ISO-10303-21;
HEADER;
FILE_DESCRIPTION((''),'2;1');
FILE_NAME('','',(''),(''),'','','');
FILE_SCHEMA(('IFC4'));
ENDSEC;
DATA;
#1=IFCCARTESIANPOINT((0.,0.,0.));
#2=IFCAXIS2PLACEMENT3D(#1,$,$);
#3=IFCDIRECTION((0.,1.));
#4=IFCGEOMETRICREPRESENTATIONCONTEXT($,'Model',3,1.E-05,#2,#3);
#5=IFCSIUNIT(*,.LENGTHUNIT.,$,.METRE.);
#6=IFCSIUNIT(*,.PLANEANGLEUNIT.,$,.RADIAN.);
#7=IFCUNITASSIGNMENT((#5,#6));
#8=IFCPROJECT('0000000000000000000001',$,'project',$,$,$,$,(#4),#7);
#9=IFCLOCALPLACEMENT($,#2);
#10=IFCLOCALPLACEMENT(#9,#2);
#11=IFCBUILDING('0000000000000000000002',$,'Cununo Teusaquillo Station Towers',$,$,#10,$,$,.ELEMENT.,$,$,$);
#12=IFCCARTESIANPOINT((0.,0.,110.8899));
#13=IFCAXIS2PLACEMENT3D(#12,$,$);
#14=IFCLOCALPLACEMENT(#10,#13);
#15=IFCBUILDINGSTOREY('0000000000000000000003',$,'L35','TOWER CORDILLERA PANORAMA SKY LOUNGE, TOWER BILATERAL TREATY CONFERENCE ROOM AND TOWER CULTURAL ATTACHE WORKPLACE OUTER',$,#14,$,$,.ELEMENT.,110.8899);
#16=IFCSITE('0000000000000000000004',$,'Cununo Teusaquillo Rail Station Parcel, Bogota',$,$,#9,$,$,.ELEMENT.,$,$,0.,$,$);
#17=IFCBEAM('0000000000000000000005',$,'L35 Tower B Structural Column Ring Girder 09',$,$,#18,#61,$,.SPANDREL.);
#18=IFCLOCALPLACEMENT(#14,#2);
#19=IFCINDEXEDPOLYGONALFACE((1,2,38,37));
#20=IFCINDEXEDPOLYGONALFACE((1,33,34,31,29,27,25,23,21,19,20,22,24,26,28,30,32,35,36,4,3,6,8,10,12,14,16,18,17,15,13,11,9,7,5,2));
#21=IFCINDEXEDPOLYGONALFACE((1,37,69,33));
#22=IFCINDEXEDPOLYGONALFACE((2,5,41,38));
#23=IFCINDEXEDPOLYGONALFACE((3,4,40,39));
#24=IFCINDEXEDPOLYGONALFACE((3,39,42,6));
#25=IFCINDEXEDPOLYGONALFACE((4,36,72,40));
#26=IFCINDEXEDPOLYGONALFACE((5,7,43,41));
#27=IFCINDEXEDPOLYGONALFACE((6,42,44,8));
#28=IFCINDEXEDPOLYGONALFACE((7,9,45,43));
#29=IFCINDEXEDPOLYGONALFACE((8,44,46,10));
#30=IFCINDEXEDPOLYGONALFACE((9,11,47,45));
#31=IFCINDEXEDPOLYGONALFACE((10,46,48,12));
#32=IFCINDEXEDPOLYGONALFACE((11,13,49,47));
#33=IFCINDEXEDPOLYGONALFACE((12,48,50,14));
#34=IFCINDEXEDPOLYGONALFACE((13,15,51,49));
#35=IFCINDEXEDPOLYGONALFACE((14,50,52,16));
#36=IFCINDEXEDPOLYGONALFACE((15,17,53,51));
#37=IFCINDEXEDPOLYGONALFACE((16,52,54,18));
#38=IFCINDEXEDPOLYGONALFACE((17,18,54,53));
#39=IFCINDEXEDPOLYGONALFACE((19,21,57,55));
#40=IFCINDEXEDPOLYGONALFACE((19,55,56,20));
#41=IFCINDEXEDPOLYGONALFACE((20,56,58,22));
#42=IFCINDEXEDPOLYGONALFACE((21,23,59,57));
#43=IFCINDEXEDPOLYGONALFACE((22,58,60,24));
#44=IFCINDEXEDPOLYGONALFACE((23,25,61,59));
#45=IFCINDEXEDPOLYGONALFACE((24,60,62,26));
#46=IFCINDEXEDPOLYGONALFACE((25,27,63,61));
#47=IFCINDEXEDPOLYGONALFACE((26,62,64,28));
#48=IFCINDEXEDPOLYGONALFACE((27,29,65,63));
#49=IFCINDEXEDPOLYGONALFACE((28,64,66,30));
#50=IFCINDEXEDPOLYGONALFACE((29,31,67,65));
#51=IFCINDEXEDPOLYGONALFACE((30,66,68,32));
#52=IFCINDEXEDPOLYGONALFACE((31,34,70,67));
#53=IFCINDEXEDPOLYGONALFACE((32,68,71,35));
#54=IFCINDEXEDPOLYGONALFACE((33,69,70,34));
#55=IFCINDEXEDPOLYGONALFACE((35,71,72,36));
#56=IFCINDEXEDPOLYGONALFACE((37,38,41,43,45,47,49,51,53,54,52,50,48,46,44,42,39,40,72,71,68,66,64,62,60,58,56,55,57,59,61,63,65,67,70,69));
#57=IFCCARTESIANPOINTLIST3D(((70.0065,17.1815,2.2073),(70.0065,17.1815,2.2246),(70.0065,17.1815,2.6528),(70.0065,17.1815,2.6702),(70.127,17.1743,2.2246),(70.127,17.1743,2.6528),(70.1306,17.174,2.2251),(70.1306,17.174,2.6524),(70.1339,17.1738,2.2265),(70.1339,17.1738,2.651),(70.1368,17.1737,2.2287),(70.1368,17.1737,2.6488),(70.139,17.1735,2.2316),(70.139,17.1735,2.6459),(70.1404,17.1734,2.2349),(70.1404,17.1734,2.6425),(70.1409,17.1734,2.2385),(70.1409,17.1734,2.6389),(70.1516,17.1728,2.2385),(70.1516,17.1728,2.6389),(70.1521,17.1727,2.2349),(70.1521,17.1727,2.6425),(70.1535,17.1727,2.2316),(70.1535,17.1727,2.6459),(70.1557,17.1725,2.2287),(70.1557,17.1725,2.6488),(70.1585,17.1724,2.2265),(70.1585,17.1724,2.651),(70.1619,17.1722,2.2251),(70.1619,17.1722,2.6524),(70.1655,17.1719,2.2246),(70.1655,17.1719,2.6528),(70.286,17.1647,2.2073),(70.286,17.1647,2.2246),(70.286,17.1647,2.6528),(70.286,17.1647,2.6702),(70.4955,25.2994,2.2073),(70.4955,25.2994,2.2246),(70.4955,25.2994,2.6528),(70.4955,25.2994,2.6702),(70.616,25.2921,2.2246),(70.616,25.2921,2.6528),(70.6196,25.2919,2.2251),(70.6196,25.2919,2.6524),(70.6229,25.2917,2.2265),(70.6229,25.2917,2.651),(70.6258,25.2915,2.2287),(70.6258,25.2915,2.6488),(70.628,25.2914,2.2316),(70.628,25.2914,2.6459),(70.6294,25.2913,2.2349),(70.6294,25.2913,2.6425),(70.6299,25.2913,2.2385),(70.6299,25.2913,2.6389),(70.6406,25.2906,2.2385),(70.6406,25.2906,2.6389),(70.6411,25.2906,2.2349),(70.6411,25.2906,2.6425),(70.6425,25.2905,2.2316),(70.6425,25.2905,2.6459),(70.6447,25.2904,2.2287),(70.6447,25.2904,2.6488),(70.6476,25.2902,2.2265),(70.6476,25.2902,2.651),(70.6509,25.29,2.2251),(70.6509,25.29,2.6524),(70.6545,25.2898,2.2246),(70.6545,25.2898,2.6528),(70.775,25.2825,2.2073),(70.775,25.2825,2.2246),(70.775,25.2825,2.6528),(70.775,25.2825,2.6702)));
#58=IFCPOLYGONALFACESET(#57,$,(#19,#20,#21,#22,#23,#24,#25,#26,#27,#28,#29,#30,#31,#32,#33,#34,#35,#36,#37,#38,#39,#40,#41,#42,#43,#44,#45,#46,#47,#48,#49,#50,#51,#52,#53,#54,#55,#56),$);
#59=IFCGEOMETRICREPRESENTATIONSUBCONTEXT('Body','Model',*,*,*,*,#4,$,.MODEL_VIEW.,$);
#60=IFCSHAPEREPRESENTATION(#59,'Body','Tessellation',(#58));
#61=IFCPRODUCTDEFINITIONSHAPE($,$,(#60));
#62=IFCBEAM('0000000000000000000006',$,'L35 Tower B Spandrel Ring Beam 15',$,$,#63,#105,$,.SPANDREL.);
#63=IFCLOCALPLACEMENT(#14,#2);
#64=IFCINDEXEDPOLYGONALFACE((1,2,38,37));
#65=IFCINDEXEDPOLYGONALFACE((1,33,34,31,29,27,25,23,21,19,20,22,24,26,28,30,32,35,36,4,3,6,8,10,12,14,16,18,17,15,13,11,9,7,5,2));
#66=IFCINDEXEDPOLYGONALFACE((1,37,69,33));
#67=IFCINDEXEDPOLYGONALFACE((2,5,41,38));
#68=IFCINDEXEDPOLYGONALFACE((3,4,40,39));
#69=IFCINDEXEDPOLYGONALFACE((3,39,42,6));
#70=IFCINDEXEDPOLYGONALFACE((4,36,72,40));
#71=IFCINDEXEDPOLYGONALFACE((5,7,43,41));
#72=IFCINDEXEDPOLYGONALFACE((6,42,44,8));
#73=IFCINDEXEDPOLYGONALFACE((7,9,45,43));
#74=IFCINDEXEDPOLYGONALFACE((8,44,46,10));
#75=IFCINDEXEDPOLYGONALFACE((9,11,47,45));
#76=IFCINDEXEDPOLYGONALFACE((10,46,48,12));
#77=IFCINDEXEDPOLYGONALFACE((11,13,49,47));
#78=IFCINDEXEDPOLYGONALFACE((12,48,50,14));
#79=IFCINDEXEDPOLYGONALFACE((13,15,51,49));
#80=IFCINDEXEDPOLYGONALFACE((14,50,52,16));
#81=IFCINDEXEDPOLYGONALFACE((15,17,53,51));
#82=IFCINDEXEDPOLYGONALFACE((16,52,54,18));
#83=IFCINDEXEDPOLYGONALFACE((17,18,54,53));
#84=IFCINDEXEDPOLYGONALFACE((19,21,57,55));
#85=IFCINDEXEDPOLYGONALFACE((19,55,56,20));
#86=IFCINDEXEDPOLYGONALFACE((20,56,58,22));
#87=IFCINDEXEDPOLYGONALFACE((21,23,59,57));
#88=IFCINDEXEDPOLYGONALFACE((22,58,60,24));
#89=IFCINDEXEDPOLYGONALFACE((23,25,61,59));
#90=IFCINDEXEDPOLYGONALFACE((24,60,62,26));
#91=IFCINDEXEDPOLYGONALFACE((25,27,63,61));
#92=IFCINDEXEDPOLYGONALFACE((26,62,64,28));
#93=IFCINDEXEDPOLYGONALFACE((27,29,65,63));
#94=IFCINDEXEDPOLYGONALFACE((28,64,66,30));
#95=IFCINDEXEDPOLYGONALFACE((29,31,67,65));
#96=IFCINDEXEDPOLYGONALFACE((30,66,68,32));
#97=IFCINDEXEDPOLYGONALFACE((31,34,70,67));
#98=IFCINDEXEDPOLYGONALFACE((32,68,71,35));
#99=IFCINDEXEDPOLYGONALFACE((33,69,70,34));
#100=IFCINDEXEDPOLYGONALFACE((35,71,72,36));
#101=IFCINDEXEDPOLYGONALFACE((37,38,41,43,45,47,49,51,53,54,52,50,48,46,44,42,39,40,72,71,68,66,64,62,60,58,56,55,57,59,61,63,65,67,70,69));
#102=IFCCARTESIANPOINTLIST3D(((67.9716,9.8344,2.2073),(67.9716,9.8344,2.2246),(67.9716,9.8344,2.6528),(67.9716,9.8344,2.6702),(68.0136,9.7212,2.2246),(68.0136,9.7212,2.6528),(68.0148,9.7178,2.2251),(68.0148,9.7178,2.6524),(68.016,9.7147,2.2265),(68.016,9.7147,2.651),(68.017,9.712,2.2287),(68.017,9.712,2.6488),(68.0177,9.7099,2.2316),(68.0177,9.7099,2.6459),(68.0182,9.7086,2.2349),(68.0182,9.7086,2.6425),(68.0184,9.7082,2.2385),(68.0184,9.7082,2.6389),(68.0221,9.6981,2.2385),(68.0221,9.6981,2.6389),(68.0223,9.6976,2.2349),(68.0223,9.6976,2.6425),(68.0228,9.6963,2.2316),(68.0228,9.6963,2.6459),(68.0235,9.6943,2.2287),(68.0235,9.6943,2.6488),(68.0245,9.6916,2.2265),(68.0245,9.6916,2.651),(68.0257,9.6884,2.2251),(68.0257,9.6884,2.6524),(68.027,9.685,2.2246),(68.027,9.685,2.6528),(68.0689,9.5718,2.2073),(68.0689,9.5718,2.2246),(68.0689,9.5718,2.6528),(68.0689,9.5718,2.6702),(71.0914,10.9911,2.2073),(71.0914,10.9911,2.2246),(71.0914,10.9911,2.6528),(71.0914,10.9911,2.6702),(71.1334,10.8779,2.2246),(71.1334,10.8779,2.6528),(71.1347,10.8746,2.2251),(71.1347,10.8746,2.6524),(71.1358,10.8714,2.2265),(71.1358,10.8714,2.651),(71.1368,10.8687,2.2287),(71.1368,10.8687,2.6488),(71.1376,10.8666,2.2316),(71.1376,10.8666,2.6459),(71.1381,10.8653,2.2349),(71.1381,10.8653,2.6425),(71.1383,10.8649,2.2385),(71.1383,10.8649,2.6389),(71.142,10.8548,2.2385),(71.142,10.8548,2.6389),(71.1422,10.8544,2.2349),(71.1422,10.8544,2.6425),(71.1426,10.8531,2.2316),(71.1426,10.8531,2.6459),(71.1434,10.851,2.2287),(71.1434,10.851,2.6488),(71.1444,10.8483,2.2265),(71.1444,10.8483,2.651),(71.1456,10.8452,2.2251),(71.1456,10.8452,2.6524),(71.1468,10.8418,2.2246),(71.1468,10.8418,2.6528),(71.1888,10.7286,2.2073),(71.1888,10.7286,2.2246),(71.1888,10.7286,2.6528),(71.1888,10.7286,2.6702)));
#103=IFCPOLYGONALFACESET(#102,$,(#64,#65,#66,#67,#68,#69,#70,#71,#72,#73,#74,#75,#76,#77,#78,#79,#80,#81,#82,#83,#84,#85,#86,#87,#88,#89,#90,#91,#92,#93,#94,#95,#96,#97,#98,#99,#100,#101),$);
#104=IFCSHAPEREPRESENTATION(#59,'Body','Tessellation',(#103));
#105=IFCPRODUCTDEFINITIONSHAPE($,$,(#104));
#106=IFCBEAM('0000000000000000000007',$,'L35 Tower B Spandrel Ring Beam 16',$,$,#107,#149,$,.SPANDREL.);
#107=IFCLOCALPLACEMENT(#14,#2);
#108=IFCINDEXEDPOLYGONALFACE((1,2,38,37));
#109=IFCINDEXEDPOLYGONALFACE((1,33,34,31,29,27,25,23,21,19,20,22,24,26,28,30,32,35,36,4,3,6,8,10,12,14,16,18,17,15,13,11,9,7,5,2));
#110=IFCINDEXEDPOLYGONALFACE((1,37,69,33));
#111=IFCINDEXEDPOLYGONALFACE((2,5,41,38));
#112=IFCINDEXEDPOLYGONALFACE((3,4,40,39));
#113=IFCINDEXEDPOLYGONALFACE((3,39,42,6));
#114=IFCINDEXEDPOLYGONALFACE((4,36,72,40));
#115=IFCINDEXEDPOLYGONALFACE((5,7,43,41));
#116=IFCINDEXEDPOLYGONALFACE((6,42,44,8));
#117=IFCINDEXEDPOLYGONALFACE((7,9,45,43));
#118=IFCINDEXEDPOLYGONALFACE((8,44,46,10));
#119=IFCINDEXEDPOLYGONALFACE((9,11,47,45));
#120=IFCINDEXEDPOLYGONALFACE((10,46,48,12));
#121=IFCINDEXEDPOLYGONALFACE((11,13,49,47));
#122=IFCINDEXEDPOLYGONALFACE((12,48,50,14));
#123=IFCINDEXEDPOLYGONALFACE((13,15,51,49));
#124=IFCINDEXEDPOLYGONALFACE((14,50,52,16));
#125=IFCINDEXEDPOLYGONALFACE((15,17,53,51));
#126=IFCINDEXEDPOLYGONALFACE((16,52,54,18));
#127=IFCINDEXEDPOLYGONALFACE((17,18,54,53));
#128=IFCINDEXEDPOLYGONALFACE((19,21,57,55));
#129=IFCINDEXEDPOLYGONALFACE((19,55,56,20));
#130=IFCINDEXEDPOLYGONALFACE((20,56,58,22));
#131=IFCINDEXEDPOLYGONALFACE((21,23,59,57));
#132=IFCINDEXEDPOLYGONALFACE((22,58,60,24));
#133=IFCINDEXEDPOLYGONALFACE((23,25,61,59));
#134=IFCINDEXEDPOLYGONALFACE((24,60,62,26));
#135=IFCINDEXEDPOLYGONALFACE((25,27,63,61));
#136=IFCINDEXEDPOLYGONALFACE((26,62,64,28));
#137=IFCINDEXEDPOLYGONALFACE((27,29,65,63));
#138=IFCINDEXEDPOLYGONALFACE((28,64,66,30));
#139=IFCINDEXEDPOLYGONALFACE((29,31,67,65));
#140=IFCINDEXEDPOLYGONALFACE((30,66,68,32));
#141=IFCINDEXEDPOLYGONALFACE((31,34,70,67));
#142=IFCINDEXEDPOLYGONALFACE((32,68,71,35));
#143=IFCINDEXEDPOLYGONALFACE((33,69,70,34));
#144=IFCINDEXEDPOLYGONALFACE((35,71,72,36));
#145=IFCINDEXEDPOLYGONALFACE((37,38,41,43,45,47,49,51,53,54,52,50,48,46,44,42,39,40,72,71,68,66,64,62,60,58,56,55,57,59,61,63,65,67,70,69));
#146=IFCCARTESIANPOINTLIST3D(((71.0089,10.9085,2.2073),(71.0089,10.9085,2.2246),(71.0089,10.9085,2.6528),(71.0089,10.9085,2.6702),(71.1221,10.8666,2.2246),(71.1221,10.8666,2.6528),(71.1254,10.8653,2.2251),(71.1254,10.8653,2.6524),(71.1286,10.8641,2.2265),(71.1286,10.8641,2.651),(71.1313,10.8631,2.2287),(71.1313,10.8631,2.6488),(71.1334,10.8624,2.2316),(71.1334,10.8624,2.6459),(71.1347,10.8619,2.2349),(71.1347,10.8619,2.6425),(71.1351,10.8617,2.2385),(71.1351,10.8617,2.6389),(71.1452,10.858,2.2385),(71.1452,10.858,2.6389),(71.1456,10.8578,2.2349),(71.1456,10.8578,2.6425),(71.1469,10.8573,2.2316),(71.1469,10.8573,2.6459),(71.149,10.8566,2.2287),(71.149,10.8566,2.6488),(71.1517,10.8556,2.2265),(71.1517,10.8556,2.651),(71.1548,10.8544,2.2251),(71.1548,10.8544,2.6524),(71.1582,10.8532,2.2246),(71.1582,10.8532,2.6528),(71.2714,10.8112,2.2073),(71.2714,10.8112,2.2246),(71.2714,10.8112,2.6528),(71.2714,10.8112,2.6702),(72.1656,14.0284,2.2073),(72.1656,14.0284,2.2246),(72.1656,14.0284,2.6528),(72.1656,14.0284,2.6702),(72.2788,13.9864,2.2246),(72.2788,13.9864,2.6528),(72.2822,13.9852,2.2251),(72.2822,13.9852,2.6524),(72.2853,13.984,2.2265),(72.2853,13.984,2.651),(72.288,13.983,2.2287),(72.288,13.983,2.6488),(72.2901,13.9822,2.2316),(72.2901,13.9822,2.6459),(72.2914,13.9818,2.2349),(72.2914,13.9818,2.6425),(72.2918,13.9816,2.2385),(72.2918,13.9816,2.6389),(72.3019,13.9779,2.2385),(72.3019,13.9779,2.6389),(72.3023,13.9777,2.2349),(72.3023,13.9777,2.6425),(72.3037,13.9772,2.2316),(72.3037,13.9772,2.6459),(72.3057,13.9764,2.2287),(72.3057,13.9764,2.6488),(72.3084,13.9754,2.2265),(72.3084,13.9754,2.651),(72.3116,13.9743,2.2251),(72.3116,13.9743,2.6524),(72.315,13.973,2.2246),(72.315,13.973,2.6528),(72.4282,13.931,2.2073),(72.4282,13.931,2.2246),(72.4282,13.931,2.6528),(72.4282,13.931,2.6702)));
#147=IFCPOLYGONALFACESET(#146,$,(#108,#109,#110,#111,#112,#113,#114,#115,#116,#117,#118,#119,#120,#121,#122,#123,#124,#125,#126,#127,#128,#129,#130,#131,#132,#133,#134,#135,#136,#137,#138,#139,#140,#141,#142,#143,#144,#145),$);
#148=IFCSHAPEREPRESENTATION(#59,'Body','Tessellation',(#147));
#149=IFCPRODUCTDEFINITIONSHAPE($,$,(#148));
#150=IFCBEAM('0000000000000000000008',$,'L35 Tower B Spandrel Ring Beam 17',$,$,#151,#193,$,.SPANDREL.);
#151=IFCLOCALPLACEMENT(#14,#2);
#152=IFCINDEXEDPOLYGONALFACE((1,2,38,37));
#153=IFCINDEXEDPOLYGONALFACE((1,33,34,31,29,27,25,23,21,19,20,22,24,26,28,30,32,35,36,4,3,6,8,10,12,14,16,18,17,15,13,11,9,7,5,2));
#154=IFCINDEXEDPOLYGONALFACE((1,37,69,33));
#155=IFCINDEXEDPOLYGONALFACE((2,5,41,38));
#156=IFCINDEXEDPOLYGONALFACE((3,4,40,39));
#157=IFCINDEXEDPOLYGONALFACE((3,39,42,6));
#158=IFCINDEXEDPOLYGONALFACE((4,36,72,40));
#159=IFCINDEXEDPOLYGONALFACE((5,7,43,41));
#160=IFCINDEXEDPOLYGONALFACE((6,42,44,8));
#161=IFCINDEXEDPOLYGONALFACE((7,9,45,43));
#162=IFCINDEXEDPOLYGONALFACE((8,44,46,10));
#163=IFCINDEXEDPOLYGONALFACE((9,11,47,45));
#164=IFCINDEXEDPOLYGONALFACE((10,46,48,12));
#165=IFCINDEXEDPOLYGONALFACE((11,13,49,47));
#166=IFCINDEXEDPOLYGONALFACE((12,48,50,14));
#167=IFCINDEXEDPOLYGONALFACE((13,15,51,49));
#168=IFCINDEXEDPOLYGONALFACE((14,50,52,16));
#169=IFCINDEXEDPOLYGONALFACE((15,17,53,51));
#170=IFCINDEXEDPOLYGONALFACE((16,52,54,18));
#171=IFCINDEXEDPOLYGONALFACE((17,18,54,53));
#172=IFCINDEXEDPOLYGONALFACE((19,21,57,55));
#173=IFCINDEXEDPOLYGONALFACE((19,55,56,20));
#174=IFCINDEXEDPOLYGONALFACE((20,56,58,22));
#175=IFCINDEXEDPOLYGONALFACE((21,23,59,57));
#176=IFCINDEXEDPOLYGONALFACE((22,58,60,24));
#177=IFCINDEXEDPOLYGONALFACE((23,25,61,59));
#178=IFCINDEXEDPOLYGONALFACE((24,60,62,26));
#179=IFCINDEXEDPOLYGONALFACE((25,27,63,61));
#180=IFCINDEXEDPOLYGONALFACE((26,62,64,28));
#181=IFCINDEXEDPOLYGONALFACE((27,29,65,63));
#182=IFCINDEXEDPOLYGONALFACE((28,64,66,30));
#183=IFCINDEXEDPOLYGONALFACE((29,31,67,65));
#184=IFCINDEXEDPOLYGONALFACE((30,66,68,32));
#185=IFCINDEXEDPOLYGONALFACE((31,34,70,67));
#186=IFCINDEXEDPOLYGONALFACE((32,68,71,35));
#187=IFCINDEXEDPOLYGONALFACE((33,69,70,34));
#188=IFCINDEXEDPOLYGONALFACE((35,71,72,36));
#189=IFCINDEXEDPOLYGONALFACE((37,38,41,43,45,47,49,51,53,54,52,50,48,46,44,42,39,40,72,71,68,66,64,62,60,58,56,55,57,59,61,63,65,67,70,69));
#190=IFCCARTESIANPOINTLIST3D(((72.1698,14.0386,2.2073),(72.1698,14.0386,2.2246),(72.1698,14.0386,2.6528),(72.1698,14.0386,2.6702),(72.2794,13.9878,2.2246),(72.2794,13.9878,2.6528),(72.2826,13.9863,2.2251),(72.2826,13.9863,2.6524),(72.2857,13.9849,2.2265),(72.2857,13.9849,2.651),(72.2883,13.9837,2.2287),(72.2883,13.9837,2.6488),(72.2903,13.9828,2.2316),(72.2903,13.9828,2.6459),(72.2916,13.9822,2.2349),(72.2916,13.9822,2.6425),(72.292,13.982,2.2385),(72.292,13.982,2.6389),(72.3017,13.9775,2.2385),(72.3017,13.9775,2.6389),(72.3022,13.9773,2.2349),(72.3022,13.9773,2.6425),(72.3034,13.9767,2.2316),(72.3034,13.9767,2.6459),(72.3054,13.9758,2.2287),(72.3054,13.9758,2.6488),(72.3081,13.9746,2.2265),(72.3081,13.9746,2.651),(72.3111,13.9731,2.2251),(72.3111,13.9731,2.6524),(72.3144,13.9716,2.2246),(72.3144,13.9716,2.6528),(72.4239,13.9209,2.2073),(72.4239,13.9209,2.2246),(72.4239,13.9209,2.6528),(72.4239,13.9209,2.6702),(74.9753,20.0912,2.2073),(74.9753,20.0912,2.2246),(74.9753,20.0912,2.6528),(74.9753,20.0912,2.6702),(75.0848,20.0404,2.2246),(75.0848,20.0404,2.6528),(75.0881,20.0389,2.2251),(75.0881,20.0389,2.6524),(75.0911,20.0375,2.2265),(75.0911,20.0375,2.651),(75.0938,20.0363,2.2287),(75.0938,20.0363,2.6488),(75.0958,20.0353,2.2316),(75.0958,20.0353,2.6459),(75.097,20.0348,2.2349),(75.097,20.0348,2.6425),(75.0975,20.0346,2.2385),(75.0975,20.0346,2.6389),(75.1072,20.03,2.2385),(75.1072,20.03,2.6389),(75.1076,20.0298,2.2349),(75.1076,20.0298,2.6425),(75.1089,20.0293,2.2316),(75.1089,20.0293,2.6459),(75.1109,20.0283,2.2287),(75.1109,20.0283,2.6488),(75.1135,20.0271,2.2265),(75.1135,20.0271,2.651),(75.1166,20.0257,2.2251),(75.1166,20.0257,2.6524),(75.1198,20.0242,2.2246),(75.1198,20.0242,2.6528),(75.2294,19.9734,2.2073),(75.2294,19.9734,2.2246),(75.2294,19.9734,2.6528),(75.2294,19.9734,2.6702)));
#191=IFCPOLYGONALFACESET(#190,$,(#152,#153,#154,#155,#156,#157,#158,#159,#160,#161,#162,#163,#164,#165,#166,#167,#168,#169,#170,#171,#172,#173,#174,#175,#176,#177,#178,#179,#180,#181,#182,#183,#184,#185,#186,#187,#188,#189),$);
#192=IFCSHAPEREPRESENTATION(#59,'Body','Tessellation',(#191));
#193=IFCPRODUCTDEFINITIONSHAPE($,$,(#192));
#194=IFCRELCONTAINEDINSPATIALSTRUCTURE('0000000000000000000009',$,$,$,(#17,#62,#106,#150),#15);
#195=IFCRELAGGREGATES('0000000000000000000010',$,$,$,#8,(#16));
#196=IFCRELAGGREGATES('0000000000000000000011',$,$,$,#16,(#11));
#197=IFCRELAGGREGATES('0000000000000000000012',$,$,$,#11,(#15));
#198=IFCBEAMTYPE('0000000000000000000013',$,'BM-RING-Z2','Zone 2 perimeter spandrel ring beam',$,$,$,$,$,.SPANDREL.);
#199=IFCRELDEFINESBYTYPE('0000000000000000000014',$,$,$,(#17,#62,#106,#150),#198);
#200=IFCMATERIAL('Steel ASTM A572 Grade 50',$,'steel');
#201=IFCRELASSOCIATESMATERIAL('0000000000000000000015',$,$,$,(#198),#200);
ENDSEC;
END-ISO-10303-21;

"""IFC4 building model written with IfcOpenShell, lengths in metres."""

from ifc_helpers import new_model, si_unit, direction, frame, origin, origin_2d, place, context, subcontext, project, spatial, i_section, extrude, material, material_profile, profile_set, type_object, element, save


model = new_model("IFC4")

# Units and contexts
model_context = context("Model", 3, precision=1e-05, world=origin(), true_north=direction((0.0, 1.0)))
body_context = subcontext(model_context, "Body", "Model", "MODEL_VIEW")
ifc_project = project(units=[si_unit("LENGTHUNIT", "METRE"), si_unit("PLANEANGLEUNIT", "RADIAN")], contexts=[model_context])

# Site, building, storey
site_placement = place(None, origin())
site = spatial("IfcSite", under=ifc_project, at=site_placement, Name="Cununo Teusaquillo Rail Station Parcel, Bogota", CompositionType="ELEMENT", RefElevation=0.0)
building_placement = place(site_placement, origin())
building = spatial("IfcBuilding", under=site, at=building_placement, Name="Cununo Teusaquillo Station Towers", CompositionType="ELEMENT")
storey_placement = place(building_placement, frame((0.0, 0.0, 110.8899)))
storey = spatial("IfcBuildingStorey", under=building, at=storey_placement, Name="L35", Description="TOWER CORDILLERA PANORAMA SKY LOUNGE, TOWER BILATERAL TREATY CONFERENCE ROOM AND TOWER CULTURAL ATTACHE WORKPLACE OUTER", CompositionType="ELEMENT", Elevation=110.8899)

# Beams
ifc_material_1 = material(Name="Steel ASTM A572 Grade 50", Category="steel")
ifc_material_profile_1 = material_profile(ifc_material_1, i_section(OverallWidth=0.28, OverallDepth=0.4629, WebThickness=0.0107, FlangeThickness=0.0173, FilletRadius=0.0139, at=origin_2d()), Name="W18X76")
ifc_profile_set_1 = profile_set([ifc_material_profile_1], Name="Steel ASTM A572 Grade 50")
beam_type_1 = type_object("IfcBeamType", Name="BM-RING-Z2", Description="Zone 2 perimeter spandrel ring beam", PredefinedType="SPANDREL", material=ifc_profile_set_1)
beam_1_placement = place(storey_placement, frame((70.1462, 17.1731, 2.4387), z_axis=(0.06013, 0.998191, 0.0), x_axis=(-0.998191, 0.06013, 0.0)))
element("IfcBeam", 1, at=beam_1_placement, inside=storey, type_object=beam_type_1, Name="L35 Tower B Structural Column Ring Girder 09", PredefinedType="SPANDREL", context=body_context, shape_type="SweptSolid", body=[
    extrude(i_section(OverallWidth=0.28, OverallDepth=0.4629, WebThickness=0.0107, FlangeThickness=0.0173, FilletRadius=0.0139, at=origin_2d()), origin(), (0.0, 0.0, 1.0), 8.1326),
])
for number, where, z_axis, x_axis, name in (
    (2, (68.0203, 9.7031, 2.4387), (0.937628, 0.347639, 0.0), (-0.347639, 0.937628, 0.0), "L35 Tower B Spandrel Ring Beam 15"),
    (3, (71.1401, 10.8599, 2.4387), (0.347639, 0.937628, 0.0), (-0.937628, 0.347639, 0.0), "L35 Tower B Spandrel Ring Beam 16"),
):
    element("IfcBeam", number, at=place(storey_placement, frame(where, z_axis=z_axis, x_axis=x_axis)), inside=storey, type_object=beam_type_1, Name=name, PredefinedType="SPANDREL", context=body_context, shape_type="SweptSolid", body=[
        extrude(i_section(OverallWidth=0.28, OverallDepth=0.4629, WebThickness=0.0107, FlangeThickness=0.0173, FilletRadius=0.0139, at=origin_2d()), origin(), (0.0, 0.0, 1.0), 3.3274),
    ])
beam_2_placement = place(storey_placement, frame((72.2969, 13.9797, 2.4387), z_axis=(0.420536, 0.907276, 0.0), x_axis=(-0.907276, 0.420536, 0.0)))
element("IfcBeam", 4, at=beam_2_placement, inside=storey, type_object=beam_type_1, Name="L35 Tower B Spandrel Ring Beam 17", PredefinedType="SPANDREL", context=body_context, shape_type="SweptSolid", body=[
    extrude(i_section(OverallWidth=0.28, OverallDepth=0.4629, WebThickness=0.0107, FlangeThickness=0.0173, FilletRadius=0.0139, at=origin_2d()), origin(), (0.0, 0.0, 1.0), 6.6711),
])

save(model, "model.ifc")
